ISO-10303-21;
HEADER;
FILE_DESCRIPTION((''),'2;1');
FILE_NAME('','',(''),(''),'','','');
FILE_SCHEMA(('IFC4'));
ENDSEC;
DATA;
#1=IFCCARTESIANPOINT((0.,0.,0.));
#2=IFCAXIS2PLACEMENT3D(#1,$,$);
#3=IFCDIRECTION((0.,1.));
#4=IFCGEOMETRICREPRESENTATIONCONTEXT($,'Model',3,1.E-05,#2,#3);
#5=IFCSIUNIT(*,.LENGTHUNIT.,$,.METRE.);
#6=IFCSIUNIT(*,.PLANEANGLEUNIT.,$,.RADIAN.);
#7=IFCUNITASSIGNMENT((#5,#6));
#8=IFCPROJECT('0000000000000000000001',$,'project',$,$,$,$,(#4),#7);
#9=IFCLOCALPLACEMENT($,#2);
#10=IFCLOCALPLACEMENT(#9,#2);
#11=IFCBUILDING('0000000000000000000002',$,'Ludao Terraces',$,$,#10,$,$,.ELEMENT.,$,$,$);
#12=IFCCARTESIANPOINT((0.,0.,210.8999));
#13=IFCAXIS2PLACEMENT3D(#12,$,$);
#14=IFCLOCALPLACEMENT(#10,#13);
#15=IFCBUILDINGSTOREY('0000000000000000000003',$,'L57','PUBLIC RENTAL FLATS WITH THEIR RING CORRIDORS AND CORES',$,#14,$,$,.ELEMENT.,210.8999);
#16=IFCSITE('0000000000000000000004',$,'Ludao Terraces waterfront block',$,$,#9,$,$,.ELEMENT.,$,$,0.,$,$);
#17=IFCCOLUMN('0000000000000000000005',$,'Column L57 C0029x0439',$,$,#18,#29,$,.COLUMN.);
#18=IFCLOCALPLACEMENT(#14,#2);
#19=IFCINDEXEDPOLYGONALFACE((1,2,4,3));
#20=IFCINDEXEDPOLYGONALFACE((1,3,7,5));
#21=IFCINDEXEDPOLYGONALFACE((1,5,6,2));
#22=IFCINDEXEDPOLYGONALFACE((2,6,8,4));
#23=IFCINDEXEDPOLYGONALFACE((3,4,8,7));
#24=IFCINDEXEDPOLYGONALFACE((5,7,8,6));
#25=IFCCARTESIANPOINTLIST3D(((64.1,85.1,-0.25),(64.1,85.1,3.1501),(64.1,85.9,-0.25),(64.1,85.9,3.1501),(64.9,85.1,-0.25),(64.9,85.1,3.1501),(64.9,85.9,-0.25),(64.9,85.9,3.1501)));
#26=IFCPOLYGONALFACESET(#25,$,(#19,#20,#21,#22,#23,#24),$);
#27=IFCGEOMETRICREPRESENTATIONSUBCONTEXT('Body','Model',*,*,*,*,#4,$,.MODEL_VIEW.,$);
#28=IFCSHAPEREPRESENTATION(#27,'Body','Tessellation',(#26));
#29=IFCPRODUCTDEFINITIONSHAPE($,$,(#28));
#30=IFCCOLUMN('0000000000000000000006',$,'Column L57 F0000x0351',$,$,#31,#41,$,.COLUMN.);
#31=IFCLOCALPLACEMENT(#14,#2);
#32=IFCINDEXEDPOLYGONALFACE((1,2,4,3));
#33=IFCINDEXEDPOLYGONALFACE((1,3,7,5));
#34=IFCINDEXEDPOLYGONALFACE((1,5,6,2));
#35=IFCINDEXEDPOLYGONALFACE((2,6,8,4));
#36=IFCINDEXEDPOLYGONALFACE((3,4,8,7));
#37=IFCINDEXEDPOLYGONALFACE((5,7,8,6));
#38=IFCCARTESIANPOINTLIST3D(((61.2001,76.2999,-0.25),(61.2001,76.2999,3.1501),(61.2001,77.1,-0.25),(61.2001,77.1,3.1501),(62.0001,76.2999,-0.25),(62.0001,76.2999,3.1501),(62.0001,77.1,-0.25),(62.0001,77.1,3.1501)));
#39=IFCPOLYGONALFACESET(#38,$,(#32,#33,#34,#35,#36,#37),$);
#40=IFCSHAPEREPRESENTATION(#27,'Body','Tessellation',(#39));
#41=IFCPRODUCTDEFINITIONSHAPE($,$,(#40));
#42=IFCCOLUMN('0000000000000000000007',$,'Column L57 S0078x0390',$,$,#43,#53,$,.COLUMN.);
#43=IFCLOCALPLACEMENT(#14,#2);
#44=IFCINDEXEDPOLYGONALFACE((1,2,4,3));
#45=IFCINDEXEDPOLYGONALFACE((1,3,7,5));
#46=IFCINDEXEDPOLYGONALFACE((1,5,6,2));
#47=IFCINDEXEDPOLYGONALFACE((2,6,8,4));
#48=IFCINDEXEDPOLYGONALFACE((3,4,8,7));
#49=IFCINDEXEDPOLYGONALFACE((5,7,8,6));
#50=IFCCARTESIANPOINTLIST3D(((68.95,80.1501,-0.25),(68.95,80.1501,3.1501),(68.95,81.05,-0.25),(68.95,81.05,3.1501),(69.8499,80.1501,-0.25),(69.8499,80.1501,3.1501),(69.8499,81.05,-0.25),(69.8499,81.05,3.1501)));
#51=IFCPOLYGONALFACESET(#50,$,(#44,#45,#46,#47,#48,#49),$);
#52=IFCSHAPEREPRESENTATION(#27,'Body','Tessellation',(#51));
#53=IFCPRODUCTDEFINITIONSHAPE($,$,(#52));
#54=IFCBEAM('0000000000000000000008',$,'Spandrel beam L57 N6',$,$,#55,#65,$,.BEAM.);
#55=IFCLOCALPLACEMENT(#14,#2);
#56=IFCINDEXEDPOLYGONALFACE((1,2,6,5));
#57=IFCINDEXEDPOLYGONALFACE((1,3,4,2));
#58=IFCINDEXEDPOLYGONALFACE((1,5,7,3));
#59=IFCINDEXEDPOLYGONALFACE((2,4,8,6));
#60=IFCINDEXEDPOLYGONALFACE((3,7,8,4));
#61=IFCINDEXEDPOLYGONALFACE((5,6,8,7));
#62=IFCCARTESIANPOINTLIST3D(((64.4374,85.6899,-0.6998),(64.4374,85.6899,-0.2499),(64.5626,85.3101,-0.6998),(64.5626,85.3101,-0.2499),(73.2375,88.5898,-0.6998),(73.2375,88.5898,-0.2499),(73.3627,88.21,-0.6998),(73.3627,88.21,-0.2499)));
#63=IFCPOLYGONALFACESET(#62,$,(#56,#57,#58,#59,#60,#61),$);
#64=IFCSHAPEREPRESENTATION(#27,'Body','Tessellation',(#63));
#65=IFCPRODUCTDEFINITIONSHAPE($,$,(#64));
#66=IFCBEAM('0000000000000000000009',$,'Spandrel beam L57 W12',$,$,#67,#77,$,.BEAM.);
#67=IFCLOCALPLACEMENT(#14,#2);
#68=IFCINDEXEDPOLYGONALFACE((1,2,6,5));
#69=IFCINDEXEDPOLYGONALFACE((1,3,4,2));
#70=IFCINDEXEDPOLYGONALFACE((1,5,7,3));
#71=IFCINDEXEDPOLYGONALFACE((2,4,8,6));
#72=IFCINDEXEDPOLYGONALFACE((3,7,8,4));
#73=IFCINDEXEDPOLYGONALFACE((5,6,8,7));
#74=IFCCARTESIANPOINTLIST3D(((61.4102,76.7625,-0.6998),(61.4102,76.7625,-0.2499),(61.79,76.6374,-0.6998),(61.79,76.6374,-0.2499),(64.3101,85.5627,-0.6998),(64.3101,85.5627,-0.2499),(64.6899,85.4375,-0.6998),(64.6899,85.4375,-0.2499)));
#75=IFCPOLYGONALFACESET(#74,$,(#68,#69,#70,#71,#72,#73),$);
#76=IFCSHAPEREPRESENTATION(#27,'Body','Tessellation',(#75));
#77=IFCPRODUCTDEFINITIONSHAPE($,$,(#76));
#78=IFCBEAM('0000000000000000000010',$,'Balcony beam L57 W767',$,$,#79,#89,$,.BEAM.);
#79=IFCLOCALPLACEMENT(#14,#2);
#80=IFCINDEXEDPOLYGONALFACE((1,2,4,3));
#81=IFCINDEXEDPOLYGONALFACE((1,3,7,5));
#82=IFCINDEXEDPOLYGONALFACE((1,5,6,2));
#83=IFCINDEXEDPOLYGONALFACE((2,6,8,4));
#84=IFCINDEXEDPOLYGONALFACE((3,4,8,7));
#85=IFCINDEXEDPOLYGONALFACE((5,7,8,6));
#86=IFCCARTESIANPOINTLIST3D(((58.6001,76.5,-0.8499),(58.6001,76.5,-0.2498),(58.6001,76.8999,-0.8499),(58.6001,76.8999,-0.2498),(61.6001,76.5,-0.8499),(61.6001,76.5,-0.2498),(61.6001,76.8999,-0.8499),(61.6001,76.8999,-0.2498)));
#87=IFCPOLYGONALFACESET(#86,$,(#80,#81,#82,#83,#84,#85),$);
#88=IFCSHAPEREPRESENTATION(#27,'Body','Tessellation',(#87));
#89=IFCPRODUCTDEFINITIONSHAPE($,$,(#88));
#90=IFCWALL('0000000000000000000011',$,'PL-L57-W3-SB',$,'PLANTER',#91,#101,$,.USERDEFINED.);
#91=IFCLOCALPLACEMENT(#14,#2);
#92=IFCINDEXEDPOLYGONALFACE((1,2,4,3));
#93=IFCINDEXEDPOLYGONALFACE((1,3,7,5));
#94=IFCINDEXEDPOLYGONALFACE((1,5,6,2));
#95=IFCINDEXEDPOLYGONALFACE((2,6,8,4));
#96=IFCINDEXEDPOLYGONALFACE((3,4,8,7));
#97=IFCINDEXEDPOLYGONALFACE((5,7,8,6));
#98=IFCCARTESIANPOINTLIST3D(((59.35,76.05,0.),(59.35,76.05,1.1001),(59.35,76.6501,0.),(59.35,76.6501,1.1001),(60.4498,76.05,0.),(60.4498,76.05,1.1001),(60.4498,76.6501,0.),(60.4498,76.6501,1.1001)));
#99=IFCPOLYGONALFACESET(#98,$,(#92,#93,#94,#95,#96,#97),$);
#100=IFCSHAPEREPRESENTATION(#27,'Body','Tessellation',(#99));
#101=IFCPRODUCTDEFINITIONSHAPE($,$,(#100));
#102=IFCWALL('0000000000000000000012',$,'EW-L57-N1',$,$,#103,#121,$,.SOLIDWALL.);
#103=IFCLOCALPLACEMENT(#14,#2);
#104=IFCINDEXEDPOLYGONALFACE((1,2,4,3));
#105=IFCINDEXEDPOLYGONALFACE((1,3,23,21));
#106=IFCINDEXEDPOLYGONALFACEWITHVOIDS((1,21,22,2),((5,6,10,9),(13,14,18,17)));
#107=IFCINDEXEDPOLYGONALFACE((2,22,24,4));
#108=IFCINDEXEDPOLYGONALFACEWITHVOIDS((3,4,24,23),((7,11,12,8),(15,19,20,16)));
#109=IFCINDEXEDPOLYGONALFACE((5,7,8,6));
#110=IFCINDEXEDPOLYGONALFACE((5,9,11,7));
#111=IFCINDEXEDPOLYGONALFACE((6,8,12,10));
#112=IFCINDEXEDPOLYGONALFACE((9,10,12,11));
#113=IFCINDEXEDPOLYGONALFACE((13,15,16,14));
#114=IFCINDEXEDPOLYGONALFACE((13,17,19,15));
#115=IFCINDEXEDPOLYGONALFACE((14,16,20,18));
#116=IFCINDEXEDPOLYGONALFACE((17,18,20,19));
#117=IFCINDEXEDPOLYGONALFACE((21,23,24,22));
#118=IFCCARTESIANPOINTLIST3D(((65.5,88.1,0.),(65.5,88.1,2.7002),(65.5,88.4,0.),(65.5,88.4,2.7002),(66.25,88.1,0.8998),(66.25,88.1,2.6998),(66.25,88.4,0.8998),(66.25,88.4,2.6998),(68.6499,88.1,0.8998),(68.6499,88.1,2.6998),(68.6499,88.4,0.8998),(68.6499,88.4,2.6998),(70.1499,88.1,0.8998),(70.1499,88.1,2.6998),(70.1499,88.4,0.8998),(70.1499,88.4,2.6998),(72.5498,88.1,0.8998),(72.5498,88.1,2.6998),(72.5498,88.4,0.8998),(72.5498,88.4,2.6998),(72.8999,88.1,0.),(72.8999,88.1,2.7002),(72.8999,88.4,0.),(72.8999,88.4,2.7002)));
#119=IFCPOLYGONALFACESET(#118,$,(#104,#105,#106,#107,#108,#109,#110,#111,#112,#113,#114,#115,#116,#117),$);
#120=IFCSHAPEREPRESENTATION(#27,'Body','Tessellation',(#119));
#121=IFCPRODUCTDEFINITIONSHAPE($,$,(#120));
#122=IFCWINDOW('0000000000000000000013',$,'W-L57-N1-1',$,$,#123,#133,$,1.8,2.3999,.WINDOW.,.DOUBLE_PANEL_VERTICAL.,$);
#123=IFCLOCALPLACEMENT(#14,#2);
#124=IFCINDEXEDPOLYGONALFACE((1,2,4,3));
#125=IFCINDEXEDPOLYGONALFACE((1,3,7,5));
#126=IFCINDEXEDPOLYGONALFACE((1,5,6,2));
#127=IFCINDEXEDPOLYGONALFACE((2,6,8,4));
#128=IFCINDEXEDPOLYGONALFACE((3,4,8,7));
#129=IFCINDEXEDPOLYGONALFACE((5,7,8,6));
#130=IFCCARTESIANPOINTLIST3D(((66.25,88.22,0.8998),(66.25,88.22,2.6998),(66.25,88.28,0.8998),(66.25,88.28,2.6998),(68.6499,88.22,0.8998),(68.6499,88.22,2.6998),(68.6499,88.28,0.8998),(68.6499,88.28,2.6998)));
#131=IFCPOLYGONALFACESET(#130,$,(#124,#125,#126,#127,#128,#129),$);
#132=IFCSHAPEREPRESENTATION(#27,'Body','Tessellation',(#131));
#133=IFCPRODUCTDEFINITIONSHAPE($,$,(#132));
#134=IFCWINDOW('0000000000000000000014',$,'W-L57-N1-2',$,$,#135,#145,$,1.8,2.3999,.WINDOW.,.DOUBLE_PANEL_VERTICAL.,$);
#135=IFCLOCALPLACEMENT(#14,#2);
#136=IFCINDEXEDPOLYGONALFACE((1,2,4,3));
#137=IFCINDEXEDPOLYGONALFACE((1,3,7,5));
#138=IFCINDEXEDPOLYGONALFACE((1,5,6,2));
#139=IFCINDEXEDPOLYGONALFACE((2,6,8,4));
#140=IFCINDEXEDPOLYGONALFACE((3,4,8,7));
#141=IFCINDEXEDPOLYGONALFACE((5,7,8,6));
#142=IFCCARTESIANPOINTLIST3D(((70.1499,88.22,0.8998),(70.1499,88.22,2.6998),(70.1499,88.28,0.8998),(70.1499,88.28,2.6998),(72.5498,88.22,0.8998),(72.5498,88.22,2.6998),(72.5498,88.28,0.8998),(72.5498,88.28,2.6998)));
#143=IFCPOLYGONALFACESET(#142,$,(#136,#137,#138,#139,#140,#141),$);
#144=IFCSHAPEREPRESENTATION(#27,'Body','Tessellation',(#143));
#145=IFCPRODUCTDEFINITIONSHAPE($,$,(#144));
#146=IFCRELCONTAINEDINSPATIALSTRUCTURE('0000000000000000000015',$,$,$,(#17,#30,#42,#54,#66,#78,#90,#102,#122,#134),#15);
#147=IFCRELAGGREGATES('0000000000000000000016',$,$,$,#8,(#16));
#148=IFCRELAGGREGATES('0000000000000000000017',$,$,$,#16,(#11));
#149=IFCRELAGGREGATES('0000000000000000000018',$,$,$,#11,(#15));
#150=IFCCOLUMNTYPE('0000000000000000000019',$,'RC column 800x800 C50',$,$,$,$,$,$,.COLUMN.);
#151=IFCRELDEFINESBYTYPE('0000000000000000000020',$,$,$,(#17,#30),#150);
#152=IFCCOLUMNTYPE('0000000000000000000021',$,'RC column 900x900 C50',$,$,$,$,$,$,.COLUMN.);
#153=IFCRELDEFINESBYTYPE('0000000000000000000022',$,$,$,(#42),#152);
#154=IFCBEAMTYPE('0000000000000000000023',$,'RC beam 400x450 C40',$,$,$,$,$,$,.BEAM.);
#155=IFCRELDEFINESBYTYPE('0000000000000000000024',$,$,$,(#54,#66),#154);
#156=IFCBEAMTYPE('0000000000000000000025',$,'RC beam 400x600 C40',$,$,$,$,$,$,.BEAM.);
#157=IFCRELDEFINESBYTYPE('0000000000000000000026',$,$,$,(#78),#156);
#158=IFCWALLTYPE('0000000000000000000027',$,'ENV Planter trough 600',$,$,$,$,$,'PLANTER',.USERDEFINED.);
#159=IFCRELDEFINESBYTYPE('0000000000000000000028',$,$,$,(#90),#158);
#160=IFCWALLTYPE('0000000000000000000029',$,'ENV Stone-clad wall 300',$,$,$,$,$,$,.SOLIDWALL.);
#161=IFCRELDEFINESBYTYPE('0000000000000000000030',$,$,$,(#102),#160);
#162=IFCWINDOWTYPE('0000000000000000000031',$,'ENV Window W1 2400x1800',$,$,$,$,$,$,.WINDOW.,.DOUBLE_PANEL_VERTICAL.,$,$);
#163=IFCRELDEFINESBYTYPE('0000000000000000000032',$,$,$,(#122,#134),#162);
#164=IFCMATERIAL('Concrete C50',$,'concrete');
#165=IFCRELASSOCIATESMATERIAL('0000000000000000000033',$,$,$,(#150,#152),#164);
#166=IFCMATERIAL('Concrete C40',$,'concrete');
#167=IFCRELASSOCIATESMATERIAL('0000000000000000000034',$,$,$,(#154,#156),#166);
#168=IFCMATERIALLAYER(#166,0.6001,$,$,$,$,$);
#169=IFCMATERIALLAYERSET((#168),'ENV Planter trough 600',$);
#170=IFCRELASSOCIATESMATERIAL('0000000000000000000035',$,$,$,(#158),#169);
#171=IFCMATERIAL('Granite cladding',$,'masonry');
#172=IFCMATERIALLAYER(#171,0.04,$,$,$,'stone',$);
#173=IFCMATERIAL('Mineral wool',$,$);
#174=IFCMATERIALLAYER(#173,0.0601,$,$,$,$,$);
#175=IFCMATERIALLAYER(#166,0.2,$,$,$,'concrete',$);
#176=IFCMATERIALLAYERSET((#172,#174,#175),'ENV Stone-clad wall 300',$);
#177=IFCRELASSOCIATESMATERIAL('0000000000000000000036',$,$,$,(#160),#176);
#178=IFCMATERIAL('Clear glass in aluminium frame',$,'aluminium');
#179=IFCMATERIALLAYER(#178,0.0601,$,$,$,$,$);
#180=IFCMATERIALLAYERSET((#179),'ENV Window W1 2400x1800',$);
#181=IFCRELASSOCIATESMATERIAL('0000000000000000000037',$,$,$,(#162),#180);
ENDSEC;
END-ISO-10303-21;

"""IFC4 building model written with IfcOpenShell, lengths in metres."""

from ifc_helpers import new_model, si_unit, direction, frame, frame_2d, origin, origin_2d, place, context, subcontext, project, spatial, rectangle, extrude, material, layer, layer_set, material_profile, profile_set, type_object, element, fill, save


model = new_model("IFC4")

# Units and contexts
model_context = context("Model", 3, precision=1e-05, world=origin(), true_north=direction((0.0, 1.0)))
body_context = subcontext(model_context, "Body", "Model", "MODEL_VIEW")
ifc_project = project(units=[si_unit("LENGTHUNIT", "METRE"), si_unit("PLANEANGLEUNIT", "RADIAN")], contexts=[model_context])

# Site, building, storey
site_placement = place(None, origin())
site = spatial("IfcSite", under=ifc_project, at=site_placement, Name="Ludao Terraces waterfront block", CompositionType="ELEMENT", RefElevation=0.0)
building_placement = place(site_placement, origin())
building = spatial("IfcBuilding", under=site, at=building_placement, Name="Ludao Terraces", CompositionType="ELEMENT")
storey_placement = place(building_placement, frame((0.0, 0.0, 210.8999)))
storey = spatial("IfcBuildingStorey", under=building, at=storey_placement, Name="L57", Description="PUBLIC RENTAL FLATS WITH THEIR RING CORRIDORS AND CORES", CompositionType="ELEMENT", Elevation=210.8999)

# Columns
ifc_material_1 = material(Name="Concrete C50", Category="concrete")
ifc_material_profile_1 = material_profile(ifc_material_1, rectangle(XDim=0.8, YDim=0.8, at=origin_2d()), Name="800 X 800")
ifc_profile_set_1 = profile_set([ifc_material_profile_1], Name="Concrete C50")
column_type_1 = type_object("IfcColumnType", Name="RC column 800x800 C50", PredefinedType="COLUMN", material=ifc_profile_set_1)
for number, where, z_axis, x_axis, name in (
    (1, (64.5, 85.5, -0.25), (0.0, 0.0, 1.0), (1.0, 0.0, 0.0), "Column L57 C0029x0439"),
    (2, (61.6001, 76.7, -0.25), (0.0, 0.0, 1.0), (1.0, 0.0, 0.0), "Column L57 F0000x0351"),
):
    element("IfcColumn", number, at=place(storey_placement, frame(where, z_axis=z_axis, x_axis=x_axis)), inside=storey, type_object=column_type_1, Name=name, PredefinedType="COLUMN", context=body_context, shape_type="SweptSolid", body=[
        extrude(rectangle(XDim=0.8, YDim=0.8, at=origin_2d()), origin(), (0.0, 0.0, 1.0), 3.4001),
    ])
ifc_material_profile_2 = material_profile(ifc_material_1, rectangle(XDim=0.8999, YDim=0.8999, at=origin_2d()), Name="900 X 900")
ifc_profile_set_2 = profile_set([ifc_material_profile_2], Name="Concrete C50")
column_type_2 = type_object("IfcColumnType", Name="RC column 900x900 C50", PredefinedType="COLUMN", material=ifc_profile_set_2)
column_placement = place(storey_placement, frame((69.3999, 80.6001, -0.25), z_axis=(0.0, 0.0, 1.0), x_axis=(1.0, 0.0, 0.0)))
element("IfcColumn", 3, at=column_placement, inside=storey, type_object=column_type_2, Name="Column L57 S0078x0390", PredefinedType="COLUMN", context=body_context, shape_type="SweptSolid", body=[
    extrude(rectangle(XDim=0.8999, YDim=0.8999, at=origin_2d()), origin(), (0.0, 0.0, 1.0), 3.4001),
])

# Beams
ifc_material_2 = material(Name="Concrete C40", Category="concrete")
ifc_material_profile_3 = material_profile(ifc_material_2, rectangle(XDim=0.3999, YDim=0.45, at=origin_2d()), Name="400 X 450")
ifc_profile_set_3 = profile_set([ifc_material_profile_3], Name="Concrete C40")
beam_type_1 = type_object("IfcBeamType", Name="RC beam 400x450 C40", PredefinedType="BEAM", material=ifc_profile_set_3)
for number, where, z_axis, x_axis, name in (
    (4, (64.5, 85.5, -0.4749), (0.949761, 0.312977, 0.0), (-0.312977, 0.949761, 0.0), "Spandrel beam L57 N6"),
    (5, (61.6001, 76.7, -0.4749), (0.312977, 0.949761, 0.0), (-0.949761, 0.312977, 0.0), "Spandrel beam L57 W12"),
):
    element("IfcBeam", number, at=place(storey_placement, frame(where, z_axis=z_axis, x_axis=x_axis)), inside=storey, type_object=beam_type_1, Name=name, PredefinedType="BEAM", context=body_context, shape_type="SweptSolid", body=[
        extrude(rectangle(XDim=0.3999, YDim=0.45, at=origin_2d()), origin(), (0.0, 0.0, 1.0), 9.2656),
    ])
ifc_material_profile_4 = material_profile(ifc_material_2, rectangle(XDim=0.3999, YDim=0.6001, at=origin_2d()), Name="400 X 600")
ifc_profile_set_4 = profile_set([ifc_material_profile_4], Name="Concrete C40")
beam_type_2 = type_object("IfcBeamType", Name="RC beam 400x600 C40", PredefinedType="BEAM", material=ifc_profile_set_4)
beam_placement = place(storey_placement, frame((61.6001, 76.7, -0.5498), z_axis=(-1.0, 0.0, 0.0), x_axis=(0.0, -1.0, 0.0)))
element("IfcBeam", 6, at=beam_placement, inside=storey, type_object=beam_type_2, Name="Balcony beam L57 W767", PredefinedType="BEAM", context=body_context, shape_type="SweptSolid", body=[
    extrude(rectangle(XDim=0.3999, YDim=0.6001, at=origin_2d()), origin(), (0.0, 0.0, 1.0), 3.0),
])

# Wall
ifc_layer_1 = layer(ifc_material_2, 0.6001)
ifc_layer_set_1 = layer_set([ifc_layer_1], Name="ENV Planter trough 600")
wall_type_1 = type_object("IfcWallType", Name="ENV Planter trough 600", ElementType="PLANTER", PredefinedType="USERDEFINED", material=ifc_layer_set_1)
wall_1_placement = place(storey_placement, frame((59.3501, 76.3501, 0.0), z_axis=(0.0, 0.0, 1.0), x_axis=(1.0, 0.0, 0.0)))
element("IfcWall", 7, at=wall_1_placement, inside=storey, type_object=wall_type_1, Name="PL-L57-W3-SB", ObjectType="PLANTER", PredefinedType="USERDEFINED", context=body_context, shape_type="SweptSolid", body=[
    extrude(rectangle(XDim=1.0999, YDim=0.6001, at=frame_2d((0.5498, 0.0))), origin(), (0.0, 0.0, 1.0), 1.1001),
])

# Wall, openings, windows
ifc_material_3 = material(Name="Granite cladding", Category="masonry")
ifc_layer_2 = layer(ifc_material_3, 0.04, Category="stone")
ifc_material_4 = material(Name="Mineral wool")
ifc_layer_3 = layer(ifc_material_4, 0.0601)
ifc_layer_4 = layer(ifc_material_2, 0.2, Category="concrete")
ifc_layer_set_2 = layer_set([ifc_layer_2, ifc_layer_3, ifc_layer_4], Name="ENV Stone-clad wall 300")
wall_type_2 = type_object("IfcWallType", Name="ENV Stone-clad wall 300", PredefinedType="SOLIDWALL", material=ifc_layer_set_2)
wall_2_placement = place(storey_placement, frame((65.5, 88.25, 0.0), z_axis=(0.0, 0.0, 1.0), x_axis=(1.0, 0.0, 0.0)))
wall_2 = element("IfcWall", 8, at=wall_2_placement, inside=storey, type_object=wall_type_2, Name="EW-L57-N1", PredefinedType="SOLIDWALL", context=body_context, shape_type="SweptSolid", body=[
    extrude(rectangle(XDim=7.3999, YDim=0.3, at=frame_2d((3.7, 0.0))), origin(), (0.0, 0.0, 1.0), 2.7002),
])
opening_1_placement = place(wall_2_placement, frame((0.75, 0.0, 0.8999)))
opening_1 = element("IfcOpeningElement", 9, at=opening_1_placement, cuts=wall_2, PredefinedType="OPENING", context=body_context, shape_type="SweptSolid", body=[
    extrude(rectangle(XDim=2.3999, YDim=1.8, at=frame_2d((1.2, 0.8999))), frame((0.0, 0.1602, 0.0), z_axis=(0.0, -1.0, 0.0), x_axis=(1.0, 0.0, 0.0)), (0.0, 0.0, 1.0), 0.3201),
])
opening_2_placement = place(wall_2_placement, frame((4.6499, 0.0, 0.8999)))
opening_2 = element("IfcOpeningElement", 10, at=opening_2_placement, cuts=wall_2, PredefinedType="OPENING", context=body_context, shape_type="SweptSolid", body=[
    extrude(rectangle(XDim=2.3999, YDim=1.8, at=frame_2d((1.2, 0.8999))), frame((0.0, 0.1602, 0.0), z_axis=(0.0, -1.0, 0.0), x_axis=(1.0, 0.0, 0.0)), (0.0, 0.0, 1.0), 0.3201),
])
ifc_material_5 = material(Name="Clear glass in aluminium frame", Category="aluminium")
ifc_layer_5 = layer(ifc_material_5, 0.0601)
ifc_layer_set_3 = layer_set([ifc_layer_5], Name="ENV Window W1 2400x1800")
window_type_1 = type_object("IfcWindowType", Name="ENV Window W1 2400x1800", PartitioningType="DOUBLE_PANEL_VERTICAL", PredefinedType="WINDOW", material=ifc_layer_set_3)
window_1_placement = place(opening_1_placement, origin())
window_1 = element("IfcWindow", 11, at=window_1_placement, inside=storey, type_object=window_type_1, Name="W-L57-N1-1", OverallHeight=1.8, OverallWidth=2.3999, PartitioningType="DOUBLE_PANEL_VERTICAL", PredefinedType="WINDOW", context=body_context, shape_type="SweptSolid", body=[
    extrude(rectangle(XDim=2.3999, YDim=1.8, at=frame_2d((1.2, 0.8999))), frame((0.0, 0.03, 0.0), z_axis=(0.0, -1.0, 0.0), x_axis=(1.0, 0.0, 0.0)), (0.0, 0.0, 1.0), 0.0601),
])
fill(opening_1, window_1)
window_2_placement = place(opening_2_placement, origin())
window_2 = element("IfcWindow", 12, at=window_2_placement, inside=storey, type_object=window_type_1, Name="W-L57-N1-2", OverallHeight=1.8, OverallWidth=2.3999, PartitioningType="DOUBLE_PANEL_VERTICAL", PredefinedType="WINDOW", context=body_context, shape_type="SweptSolid", body=[
    extrude(rectangle(XDim=2.3999, YDim=1.8, at=frame_2d((1.2, 0.8999))), frame((0.0, 0.03, 0.0), z_axis=(0.0, -1.0, 0.0), x_axis=(1.0, 0.0, 0.0)), (0.0, 0.0, 1.0), 0.0601),
])
fill(opening_2, window_2)

save(model, "model.ifc")
